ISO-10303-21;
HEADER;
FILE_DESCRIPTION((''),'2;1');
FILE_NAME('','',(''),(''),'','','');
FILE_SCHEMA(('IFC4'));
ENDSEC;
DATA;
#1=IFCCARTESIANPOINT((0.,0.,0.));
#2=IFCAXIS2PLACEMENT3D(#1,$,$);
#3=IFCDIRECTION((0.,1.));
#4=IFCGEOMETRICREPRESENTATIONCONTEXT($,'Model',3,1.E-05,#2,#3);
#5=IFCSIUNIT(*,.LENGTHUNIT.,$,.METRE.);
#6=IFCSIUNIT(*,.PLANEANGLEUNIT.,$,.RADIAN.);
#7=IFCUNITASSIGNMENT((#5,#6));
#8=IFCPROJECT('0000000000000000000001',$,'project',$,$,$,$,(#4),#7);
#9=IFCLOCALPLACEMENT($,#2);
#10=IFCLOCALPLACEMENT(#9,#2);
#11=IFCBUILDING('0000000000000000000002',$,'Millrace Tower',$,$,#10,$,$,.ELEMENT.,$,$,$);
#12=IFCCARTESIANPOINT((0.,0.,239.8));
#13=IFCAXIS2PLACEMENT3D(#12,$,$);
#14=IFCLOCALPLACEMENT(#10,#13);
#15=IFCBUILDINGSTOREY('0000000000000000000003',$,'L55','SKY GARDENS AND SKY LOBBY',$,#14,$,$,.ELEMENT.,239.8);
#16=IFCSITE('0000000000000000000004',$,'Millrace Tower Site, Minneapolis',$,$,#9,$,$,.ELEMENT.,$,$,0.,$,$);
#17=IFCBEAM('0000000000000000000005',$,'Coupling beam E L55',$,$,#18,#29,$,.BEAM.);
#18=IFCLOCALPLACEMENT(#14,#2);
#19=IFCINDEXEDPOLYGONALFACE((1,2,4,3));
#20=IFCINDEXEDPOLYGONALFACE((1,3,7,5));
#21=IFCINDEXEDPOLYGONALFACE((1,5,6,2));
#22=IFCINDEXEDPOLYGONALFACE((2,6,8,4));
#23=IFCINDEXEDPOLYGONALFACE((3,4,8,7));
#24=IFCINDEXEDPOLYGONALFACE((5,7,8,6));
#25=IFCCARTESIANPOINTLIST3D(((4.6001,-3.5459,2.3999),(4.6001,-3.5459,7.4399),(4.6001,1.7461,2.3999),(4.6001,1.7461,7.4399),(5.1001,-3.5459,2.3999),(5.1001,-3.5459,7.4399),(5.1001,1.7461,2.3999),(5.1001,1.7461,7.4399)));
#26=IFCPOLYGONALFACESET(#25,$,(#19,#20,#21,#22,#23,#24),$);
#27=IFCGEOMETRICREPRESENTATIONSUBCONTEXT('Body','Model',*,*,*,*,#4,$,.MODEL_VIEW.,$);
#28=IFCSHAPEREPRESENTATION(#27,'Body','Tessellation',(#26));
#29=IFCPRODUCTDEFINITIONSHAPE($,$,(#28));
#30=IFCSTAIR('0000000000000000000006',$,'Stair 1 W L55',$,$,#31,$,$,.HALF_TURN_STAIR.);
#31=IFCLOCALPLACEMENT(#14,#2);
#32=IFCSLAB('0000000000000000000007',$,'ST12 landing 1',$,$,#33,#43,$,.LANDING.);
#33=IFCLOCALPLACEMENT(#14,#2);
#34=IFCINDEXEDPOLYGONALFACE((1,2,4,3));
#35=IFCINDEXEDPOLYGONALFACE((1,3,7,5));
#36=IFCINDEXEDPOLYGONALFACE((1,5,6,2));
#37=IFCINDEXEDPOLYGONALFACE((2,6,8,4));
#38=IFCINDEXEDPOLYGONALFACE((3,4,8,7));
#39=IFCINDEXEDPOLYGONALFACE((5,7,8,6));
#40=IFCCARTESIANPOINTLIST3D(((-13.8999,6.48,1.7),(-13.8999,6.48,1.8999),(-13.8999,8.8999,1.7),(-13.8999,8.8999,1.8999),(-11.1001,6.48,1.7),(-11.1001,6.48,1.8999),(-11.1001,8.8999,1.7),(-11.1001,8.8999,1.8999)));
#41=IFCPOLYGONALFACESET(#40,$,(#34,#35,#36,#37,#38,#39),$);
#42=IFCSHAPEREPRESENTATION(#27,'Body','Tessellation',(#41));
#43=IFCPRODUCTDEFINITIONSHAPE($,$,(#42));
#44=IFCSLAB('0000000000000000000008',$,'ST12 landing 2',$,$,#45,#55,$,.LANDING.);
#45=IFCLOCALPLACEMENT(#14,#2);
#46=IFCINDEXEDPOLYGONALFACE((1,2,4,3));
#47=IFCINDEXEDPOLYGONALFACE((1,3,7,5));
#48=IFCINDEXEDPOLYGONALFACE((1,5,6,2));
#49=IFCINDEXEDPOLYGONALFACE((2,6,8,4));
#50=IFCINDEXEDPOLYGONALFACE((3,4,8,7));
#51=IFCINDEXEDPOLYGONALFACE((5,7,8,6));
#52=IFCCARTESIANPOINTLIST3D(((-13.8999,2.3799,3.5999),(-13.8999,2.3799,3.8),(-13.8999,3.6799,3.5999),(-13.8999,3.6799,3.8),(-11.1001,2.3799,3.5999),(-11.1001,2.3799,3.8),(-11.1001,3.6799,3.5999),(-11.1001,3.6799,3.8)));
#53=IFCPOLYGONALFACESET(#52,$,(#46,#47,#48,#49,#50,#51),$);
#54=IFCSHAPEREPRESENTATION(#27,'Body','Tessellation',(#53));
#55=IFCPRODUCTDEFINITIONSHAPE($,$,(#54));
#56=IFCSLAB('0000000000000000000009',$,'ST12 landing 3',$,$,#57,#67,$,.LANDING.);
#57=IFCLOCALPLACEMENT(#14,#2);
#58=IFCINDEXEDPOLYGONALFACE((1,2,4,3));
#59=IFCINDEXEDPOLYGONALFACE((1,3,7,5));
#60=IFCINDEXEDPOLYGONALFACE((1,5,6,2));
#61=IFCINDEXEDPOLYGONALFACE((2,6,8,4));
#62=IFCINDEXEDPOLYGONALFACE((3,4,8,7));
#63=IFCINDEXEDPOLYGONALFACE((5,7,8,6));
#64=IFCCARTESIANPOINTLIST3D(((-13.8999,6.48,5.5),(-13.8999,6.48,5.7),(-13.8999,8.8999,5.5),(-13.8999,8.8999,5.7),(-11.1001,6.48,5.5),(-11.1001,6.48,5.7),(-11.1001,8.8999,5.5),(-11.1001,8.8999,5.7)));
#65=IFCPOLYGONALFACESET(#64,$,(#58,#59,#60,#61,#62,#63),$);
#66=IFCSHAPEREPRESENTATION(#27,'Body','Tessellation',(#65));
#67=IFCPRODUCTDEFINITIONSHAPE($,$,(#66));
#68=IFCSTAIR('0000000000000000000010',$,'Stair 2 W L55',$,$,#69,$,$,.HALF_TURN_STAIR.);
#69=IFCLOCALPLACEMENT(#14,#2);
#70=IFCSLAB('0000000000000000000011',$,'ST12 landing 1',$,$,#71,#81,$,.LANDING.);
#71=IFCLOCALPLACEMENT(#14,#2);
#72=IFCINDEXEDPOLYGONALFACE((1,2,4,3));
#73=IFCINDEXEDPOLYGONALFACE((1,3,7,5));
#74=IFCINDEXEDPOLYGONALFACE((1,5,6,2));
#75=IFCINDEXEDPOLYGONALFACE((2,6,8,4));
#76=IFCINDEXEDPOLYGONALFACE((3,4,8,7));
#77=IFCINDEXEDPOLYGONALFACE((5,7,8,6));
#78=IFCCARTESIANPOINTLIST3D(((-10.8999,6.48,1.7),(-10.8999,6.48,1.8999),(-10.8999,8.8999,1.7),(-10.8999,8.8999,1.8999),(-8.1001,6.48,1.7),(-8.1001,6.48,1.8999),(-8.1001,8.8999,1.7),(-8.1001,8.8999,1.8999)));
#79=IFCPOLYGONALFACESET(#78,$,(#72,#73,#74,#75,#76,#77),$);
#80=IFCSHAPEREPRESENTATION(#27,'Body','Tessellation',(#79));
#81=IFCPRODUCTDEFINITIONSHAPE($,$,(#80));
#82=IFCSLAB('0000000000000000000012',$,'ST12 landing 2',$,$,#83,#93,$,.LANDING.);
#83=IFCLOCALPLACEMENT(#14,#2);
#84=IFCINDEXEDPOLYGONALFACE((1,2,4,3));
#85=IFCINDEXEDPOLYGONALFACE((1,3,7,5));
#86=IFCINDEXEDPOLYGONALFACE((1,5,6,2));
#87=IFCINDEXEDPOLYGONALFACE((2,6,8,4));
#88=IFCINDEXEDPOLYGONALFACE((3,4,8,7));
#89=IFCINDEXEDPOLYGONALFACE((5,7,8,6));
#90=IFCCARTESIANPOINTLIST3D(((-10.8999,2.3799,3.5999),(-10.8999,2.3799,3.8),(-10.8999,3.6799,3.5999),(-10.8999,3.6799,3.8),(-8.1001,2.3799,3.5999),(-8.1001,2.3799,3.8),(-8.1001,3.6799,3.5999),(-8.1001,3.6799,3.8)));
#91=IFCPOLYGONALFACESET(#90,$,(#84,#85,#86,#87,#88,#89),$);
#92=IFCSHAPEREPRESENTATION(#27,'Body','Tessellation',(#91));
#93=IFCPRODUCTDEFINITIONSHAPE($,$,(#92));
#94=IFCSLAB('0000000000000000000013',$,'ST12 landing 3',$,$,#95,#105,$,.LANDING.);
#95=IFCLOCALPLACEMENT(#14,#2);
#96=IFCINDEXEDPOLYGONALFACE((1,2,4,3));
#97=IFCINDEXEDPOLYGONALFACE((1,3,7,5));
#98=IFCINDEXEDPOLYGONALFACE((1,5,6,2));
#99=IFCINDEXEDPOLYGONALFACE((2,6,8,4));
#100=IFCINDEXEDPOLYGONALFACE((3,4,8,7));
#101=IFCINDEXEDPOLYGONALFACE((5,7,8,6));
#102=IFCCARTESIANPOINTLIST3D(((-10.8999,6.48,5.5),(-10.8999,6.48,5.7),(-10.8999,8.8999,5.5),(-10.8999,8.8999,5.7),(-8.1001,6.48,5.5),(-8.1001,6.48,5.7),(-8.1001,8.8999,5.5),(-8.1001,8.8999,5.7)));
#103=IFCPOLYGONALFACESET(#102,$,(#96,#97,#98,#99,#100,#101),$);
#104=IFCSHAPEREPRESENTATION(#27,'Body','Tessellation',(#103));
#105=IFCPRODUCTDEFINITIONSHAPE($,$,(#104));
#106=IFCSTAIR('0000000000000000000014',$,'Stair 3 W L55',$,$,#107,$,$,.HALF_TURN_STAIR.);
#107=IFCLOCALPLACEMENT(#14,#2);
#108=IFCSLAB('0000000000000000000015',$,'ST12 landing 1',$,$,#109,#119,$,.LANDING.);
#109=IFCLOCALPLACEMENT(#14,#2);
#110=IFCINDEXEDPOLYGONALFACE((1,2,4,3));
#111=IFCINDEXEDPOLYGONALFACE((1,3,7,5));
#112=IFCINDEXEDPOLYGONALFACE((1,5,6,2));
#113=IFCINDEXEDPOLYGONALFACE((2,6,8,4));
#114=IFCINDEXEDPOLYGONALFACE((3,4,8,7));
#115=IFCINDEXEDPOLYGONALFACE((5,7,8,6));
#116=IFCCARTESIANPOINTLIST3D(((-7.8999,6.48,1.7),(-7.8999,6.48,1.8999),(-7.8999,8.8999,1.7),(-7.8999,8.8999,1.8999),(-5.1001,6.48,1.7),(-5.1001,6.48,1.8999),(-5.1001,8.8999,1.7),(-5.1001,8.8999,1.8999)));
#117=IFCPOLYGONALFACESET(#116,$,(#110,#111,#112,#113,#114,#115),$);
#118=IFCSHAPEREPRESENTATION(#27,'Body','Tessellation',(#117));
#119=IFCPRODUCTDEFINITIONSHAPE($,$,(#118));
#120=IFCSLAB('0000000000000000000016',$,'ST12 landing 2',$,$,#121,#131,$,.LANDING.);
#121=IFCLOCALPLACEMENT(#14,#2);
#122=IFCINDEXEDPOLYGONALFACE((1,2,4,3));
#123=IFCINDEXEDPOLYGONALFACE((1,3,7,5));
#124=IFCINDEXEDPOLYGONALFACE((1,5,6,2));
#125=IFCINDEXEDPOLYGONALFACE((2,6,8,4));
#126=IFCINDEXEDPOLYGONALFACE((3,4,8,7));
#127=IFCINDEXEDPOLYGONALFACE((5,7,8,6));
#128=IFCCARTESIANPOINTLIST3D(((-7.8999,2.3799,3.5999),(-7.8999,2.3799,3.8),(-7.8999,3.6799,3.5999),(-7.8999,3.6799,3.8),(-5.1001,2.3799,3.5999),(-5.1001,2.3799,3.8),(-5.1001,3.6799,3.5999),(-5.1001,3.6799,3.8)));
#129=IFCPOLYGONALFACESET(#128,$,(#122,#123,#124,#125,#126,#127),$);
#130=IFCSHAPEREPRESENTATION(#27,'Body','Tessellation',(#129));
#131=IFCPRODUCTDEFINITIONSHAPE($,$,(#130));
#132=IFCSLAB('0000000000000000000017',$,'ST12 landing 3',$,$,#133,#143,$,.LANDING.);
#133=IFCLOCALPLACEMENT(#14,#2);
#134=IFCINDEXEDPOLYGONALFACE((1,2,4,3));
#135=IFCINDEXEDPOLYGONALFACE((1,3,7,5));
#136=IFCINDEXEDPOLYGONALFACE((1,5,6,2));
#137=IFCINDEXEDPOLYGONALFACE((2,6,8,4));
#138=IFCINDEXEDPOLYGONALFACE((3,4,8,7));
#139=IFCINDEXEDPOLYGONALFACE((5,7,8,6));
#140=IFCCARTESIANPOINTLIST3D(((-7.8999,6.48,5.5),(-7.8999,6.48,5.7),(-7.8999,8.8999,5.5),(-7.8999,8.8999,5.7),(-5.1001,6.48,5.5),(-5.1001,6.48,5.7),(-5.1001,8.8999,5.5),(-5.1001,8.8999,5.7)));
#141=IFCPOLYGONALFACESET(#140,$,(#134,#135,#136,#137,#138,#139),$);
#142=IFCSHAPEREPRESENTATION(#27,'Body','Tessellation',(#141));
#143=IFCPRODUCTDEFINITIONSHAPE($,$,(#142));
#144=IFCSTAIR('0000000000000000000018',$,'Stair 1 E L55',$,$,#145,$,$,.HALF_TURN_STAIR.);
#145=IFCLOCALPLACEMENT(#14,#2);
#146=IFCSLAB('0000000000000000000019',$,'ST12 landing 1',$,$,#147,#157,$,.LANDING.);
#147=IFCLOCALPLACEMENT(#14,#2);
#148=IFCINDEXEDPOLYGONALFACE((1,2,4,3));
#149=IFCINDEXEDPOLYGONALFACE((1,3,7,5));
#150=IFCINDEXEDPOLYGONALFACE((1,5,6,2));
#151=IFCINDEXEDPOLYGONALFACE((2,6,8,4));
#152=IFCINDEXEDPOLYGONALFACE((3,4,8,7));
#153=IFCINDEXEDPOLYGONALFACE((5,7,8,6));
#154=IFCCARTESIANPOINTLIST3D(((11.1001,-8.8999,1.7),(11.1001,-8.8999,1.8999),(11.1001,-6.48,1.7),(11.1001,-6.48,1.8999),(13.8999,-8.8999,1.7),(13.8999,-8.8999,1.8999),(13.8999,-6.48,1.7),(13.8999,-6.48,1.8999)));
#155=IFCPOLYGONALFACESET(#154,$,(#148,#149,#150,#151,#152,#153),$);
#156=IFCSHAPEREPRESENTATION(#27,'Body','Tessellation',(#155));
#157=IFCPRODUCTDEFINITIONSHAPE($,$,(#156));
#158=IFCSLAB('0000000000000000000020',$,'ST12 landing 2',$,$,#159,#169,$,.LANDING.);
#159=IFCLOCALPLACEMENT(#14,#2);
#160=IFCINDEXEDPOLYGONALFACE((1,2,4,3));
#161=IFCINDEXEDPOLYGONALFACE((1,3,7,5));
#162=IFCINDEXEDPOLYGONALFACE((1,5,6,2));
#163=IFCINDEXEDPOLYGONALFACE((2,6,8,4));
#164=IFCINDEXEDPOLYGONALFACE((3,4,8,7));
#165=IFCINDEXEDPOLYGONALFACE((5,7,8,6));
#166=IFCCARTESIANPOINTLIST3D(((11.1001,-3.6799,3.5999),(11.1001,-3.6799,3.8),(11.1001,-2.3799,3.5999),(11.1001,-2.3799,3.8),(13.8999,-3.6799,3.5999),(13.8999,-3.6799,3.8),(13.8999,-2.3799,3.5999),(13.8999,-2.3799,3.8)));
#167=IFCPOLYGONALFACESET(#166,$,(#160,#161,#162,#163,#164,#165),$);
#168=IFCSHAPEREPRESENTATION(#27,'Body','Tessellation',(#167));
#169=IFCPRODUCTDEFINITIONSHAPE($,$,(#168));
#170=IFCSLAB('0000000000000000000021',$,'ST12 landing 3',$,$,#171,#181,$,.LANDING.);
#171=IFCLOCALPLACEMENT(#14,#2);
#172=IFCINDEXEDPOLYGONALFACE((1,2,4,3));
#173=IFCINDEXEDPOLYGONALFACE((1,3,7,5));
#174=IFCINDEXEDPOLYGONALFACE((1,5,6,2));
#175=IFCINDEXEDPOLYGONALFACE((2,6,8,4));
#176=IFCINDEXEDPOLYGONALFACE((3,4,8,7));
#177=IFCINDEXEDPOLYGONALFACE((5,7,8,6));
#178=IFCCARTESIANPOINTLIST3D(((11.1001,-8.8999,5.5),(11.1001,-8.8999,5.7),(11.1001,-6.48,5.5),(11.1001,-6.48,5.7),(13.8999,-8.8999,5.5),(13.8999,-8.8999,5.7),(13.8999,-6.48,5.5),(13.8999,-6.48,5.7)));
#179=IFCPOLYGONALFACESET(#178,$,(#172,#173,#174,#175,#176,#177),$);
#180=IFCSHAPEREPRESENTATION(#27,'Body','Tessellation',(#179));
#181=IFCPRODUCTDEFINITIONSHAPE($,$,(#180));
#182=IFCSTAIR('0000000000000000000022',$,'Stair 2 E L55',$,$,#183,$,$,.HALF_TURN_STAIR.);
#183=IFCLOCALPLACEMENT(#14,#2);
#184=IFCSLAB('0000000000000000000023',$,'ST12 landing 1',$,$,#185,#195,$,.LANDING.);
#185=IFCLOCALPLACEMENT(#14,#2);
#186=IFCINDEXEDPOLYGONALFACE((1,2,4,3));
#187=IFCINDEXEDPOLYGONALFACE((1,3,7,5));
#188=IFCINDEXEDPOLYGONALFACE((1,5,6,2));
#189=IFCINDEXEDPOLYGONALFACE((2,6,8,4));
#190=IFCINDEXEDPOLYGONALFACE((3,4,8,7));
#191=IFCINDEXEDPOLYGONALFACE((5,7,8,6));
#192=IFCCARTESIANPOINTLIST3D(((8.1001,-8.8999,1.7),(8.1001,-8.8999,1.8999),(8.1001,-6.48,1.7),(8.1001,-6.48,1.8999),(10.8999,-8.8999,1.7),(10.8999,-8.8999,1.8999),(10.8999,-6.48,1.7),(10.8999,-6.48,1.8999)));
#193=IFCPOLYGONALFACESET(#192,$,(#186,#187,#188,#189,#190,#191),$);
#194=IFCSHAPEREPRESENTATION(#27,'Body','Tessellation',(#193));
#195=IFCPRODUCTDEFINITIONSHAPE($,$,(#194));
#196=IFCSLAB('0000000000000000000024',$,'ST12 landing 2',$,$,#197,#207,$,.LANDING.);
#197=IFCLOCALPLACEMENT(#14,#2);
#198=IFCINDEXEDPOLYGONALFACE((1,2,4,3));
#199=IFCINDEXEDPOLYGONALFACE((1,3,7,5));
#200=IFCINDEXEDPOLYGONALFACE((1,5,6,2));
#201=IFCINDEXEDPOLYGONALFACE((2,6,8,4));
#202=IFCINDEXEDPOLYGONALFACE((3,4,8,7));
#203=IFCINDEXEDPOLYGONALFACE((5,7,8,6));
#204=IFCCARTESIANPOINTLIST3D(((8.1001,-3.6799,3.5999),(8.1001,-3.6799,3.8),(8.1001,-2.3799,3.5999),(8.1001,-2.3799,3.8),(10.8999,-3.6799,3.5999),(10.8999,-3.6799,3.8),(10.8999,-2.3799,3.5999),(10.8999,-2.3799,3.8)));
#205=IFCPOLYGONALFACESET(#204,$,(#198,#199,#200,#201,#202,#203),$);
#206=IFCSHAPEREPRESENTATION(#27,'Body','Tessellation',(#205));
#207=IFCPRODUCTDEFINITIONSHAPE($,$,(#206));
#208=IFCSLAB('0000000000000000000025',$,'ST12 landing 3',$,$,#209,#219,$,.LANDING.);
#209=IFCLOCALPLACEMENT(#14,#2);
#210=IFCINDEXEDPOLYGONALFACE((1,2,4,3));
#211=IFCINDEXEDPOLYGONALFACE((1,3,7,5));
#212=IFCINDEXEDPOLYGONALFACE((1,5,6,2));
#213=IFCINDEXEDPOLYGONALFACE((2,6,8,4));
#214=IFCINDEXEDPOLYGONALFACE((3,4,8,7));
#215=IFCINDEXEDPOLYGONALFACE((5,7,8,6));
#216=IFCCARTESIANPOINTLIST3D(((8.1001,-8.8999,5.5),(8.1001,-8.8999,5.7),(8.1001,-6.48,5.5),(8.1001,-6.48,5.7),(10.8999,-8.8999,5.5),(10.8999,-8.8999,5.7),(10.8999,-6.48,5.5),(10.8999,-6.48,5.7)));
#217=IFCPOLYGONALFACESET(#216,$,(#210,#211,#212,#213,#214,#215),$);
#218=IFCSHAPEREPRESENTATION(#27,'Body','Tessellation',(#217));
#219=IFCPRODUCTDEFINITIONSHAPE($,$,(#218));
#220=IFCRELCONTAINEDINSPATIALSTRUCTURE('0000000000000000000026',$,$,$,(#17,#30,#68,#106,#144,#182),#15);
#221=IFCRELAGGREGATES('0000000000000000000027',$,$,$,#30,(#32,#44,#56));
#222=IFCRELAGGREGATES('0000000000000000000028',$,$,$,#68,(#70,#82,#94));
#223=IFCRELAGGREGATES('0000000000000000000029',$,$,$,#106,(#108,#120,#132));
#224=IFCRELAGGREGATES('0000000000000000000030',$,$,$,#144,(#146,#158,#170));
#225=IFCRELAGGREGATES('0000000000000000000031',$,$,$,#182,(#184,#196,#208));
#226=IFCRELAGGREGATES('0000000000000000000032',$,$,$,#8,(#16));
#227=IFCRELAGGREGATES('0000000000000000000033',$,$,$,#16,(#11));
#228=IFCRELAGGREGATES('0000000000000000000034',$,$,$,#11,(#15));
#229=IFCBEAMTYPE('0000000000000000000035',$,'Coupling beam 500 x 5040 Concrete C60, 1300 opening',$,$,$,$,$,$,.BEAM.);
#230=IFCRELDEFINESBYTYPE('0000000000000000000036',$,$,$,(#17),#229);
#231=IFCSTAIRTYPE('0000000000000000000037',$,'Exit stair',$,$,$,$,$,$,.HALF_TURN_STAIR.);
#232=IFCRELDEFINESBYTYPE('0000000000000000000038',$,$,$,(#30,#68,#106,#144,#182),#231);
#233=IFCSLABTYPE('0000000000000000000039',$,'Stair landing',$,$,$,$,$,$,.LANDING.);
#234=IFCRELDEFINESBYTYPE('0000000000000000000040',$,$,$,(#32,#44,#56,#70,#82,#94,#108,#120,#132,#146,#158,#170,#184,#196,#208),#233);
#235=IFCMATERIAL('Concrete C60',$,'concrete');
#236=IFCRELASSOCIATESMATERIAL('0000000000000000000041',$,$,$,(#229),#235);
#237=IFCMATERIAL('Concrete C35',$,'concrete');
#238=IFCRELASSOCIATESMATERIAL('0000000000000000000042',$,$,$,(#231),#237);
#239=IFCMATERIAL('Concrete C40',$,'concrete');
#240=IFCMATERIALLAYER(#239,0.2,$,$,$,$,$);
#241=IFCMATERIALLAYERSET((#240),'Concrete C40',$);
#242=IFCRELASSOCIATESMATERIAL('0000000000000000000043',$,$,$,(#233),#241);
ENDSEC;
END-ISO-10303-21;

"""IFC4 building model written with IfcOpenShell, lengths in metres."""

from ifc_helpers import new_model, si_unit, direction, frame, origin, origin_2d, place, context, subcontext, project, spatial, polyline, rectangle, outline, extrude, material, layer, layer_set, material_profile, profile_set, type_object, element, aggregate, save


model = new_model("IFC4")

# Units and contexts
model_context = context("Model", 3, precision=1e-05, world=origin(), true_north=direction((0.0, 1.0)))
body_context = subcontext(model_context, "Body", "Model", "MODEL_VIEW")
ifc_project = project(units=[si_unit("LENGTHUNIT", "METRE"), si_unit("PLANEANGLEUNIT", "RADIAN")], contexts=[model_context])

# Site, building, storey
site_placement = place(None, origin())
site = spatial("IfcSite", under=ifc_project, at=site_placement, Name="Millrace Tower Site, Minneapolis", CompositionType="ELEMENT", RefElevation=0.0)
building_placement = place(site_placement, origin())
building = spatial("IfcBuilding", under=site, at=building_placement, Name="Millrace Tower", CompositionType="ELEMENT")
storey_placement = place(building_placement, frame((0.0, 0.0, 239.8)))
storey = spatial("IfcBuildingStorey", under=building, at=storey_placement, Name="L55", Description="SKY GARDENS AND SKY LOBBY", CompositionType="ELEMENT", Elevation=239.8)

# Beam
ifc_material_1 = material(Name="Concrete C60", Category="concrete")
ifc_material_profile = material_profile(ifc_material_1, rectangle(XDim=0.5, YDim=5.04, at=origin_2d()))
ifc_profile_set = profile_set([ifc_material_profile], Name="Concrete C60")
beam_type = type_object("IfcBeamType", Name="Coupling beam 500 x 5040 Concrete C60, 1300 opening", PredefinedType="BEAM", material=ifc_profile_set)
beam_placement = place(storey_placement, frame((4.8501, 1.7461, 4.9199), z_axis=(0.0, -1.0, 0.0), x_axis=(1.0, 0.0, 0.0)))
element("IfcBeam", 1, at=beam_placement, inside=storey, type_object=beam_type, Name="Coupling beam E L55", PredefinedType="BEAM", context=body_context, shape_type="SweptSolid", body=[
    extrude(rectangle(XDim=0.5, YDim=5.04, at=origin_2d()), origin(), (0.0, 0.0, 1.0), 5.292),
])

# Stairs, slabs
ifc_material_2 = material(Name="Concrete C35", Category="concrete")
stair_type = type_object("IfcStairType", Name="Exit stair", PredefinedType="HALF_TURN_STAIR", material=ifc_material_2)
placement_1 = place(storey_placement, origin())
stair_1 = element("IfcStair", 2, at=placement_1, inside=storey, type_object=stair_type, Name="Stair 1 W L55", PredefinedType="HALF_TURN_STAIR")
ifc_material_3 = material(Name="Concrete C40", Category="concrete")
ifc_layer_1 = layer(ifc_material_3, 0.2)
ifc_layer_set_1 = layer_set([ifc_layer_1], Name="Concrete C40")
slab_type = type_object("IfcSlabType", Name="Stair landing", PredefinedType="LANDING", material=ifc_layer_set_1)
placement_2 = place(storey_placement, frame((0.0, 0.0, 1.7)))
slab_1 = element("IfcSlab", 3, at=placement_2, type_object=slab_type, Name="ST12 landing 1", PredefinedType="LANDING", context=body_context, shape_type="SweptSolid", body=[
    extrude(outline(polyline([(-13.8999, 6.48), (-11.1001, 6.48), (-11.1001, 8.8999), (-13.8999, 8.8999), (-13.8999, 6.48)])), origin(), (0.0, 0.0, 1.0), 0.2),
])
placement_3 = place(storey_placement, frame((0.0, 0.0, 3.5999)))
slab_2 = element("IfcSlab", 4, at=placement_3, type_object=slab_type, Name="ST12 landing 2", PredefinedType="LANDING", context=body_context, shape_type="SweptSolid", body=[
    extrude(outline(polyline([(-13.8999, 2.3799), (-11.1001, 2.3799), (-11.1001, 3.6799), (-13.8999, 3.6799), (-13.8999, 2.3799)])), origin(), (0.0, 0.0, 1.0), 0.2002),
])
placement_4 = place(storey_placement, frame((0.0, 0.0, 5.5)))
slab_3 = element("IfcSlab", 5, at=placement_4, type_object=slab_type, Name="ST12 landing 3", PredefinedType="LANDING", context=body_context, shape_type="SweptSolid", body=[
    extrude(outline(polyline([(-13.8999, 6.48), (-11.1001, 6.48), (-11.1001, 8.8999), (-13.8999, 8.8999), (-13.8999, 6.48)])), origin(), (0.0, 0.0, 1.0), 0.2),
])
aggregate(stair_1, [slab_1, slab_2, slab_3])
stair_2 = element("IfcStair", 6, at=placement_1, inside=storey, type_object=stair_type, Name="Stair 2 W L55", PredefinedType="HALF_TURN_STAIR")
slab_4 = element("IfcSlab", 7, at=placement_2, type_object=slab_type, Name="ST12 landing 1", PredefinedType="LANDING", context=body_context, shape_type="SweptSolid", body=[
    extrude(outline(polyline([(-10.8999, 6.48), (-8.1001, 6.48), (-8.1001, 8.8999), (-10.8999, 8.8999), (-10.8999, 6.48)])), origin(), (0.0, 0.0, 1.0), 0.2),
])
slab_5 = element("IfcSlab", 8, at=placement_3, type_object=slab_type, Name="ST12 landing 2", PredefinedType="LANDING", context=body_context, shape_type="SweptSolid", body=[
    extrude(outline(polyline([(-10.8999, 2.3799), (-8.1001, 2.3799), (-8.1001, 3.6799), (-10.8999, 3.6799), (-10.8999, 2.3799)])), origin(), (0.0, 0.0, 1.0), 0.2002),
])
slab_6 = element("IfcSlab", 9, at=placement_4, type_object=slab_type, Name="ST12 landing 3", PredefinedType="LANDING", context=body_context, shape_type="SweptSolid", body=[
    extrude(outline(polyline([(-10.8999, 6.48), (-8.1001, 6.48), (-8.1001, 8.8999), (-10.8999, 8.8999), (-10.8999, 6.48)])), origin(), (0.0, 0.0, 1.0), 0.2),
])
aggregate(stair_2, [slab_4, slab_5, slab_6])
stair_3 = element("IfcStair", 10, at=placement_1, inside=storey, type_object=stair_type, Name="Stair 3 W L55", PredefinedType="HALF_TURN_STAIR")
slab_7 = element("IfcSlab", 11, at=placement_2, type_object=slab_type, Name="ST12 landing 1", PredefinedType="LANDING", context=body_context, shape_type="SweptSolid", body=[
    extrude(outline(polyline([(-7.8999, 6.48), (-5.1001, 6.48), (-5.1001, 8.8999), (-7.8999, 8.8999), (-7.8999, 6.48)])), origin(), (0.0, 0.0, 1.0), 0.2),
])
slab_8 = element("IfcSlab", 12, at=placement_3, type_object=slab_type, Name="ST12 landing 2", PredefinedType="LANDING", context=body_context, shape_type="SweptSolid", body=[
    extrude(outline(polyline([(-7.8999, 2.3799), (-5.1001, 2.3799), (-5.1001, 3.6799), (-7.8999, 3.6799), (-7.8999, 2.3799)])), origin(), (0.0, 0.0, 1.0), 0.2002),
])
slab_9 = element("IfcSlab", 13, at=placement_4, type_object=slab_type, Name="ST12 landing 3", PredefinedType="LANDING", context=body_context, shape_type="SweptSolid", body=[
    extrude(outline(polyline([(-7.8999, 6.48), (-5.1001, 6.48), (-5.1001, 8.8999), (-7.8999, 8.8999), (-7.8999, 6.48)])), origin(), (0.0, 0.0, 1.0), 0.2),
])
aggregate(stair_3, [slab_7, slab_8, slab_9])
stair_4 = element("IfcStair", 14, at=placement_1, inside=storey, type_object=stair_type, Name="Stair 1 E L55", PredefinedType="HALF_TURN_STAIR")
slab_10 = element("IfcSlab", 15, at=placement_2, type_object=slab_type, Name="ST12 landing 1", PredefinedType="LANDING", context=body_context, shape_type="SweptSolid", body=[
    extrude(outline(polyline([(11.1001, -8.8999), (13.8999, -8.8999), (13.8999, -6.48), (11.1001, -6.48), (11.1001, -8.8999)])), origin(), (0.0, 0.0, 1.0), 0.2),
])
slab_11 = element("IfcSlab", 16, at=placement_3, type_object=slab_type, Name="ST12 landing 2", PredefinedType="LANDING", context=body_context, shape_type="SweptSolid", body=[
    extrude(outline(polyline([(11.1001, -3.6799), (13.8999, -3.6799), (13.8999, -2.3799), (11.1001, -2.3799), (11.1001, -3.6799)])), origin(), (0.0, 0.0, 1.0), 0.2002),
])
slab_12 = element("IfcSlab", 17, at=placement_4, type_object=slab_type, Name="ST12 landing 3", PredefinedType="LANDING", context=body_context, shape_type="SweptSolid", body=[
    extrude(outline(polyline([(11.1001, -8.8999), (13.8999, -8.8999), (13.8999, -6.48), (11.1001, -6.48), (11.1001, -8.8999)])), origin(), (0.0, 0.0, 1.0), 0.2),
])
aggregate(stair_4, [slab_10, slab_11, slab_12])
stair_5 = element("IfcStair", 18, at=placement_1, inside=storey, type_object=stair_type, Name="Stair 2 E L55", PredefinedType="HALF_TURN_STAIR")
slab_13 = element("IfcSlab", 19, at=placement_2, type_object=slab_type, Name="ST12 landing 1", PredefinedType="LANDING", context=body_context, shape_type="SweptSolid", body=[
    extrude(outline(polyline([(8.1001, -8.8999), (10.8999, -8.8999), (10.8999, -6.48), (8.1001, -6.48), (8.1001, -8.8999)])), origin(), (0.0, 0.0, 1.0), 0.2),
])
slab_14 = element("IfcSlab", 20, at=placement_3, type_object=slab_type, Name="ST12 landing 2", PredefinedType="LANDING", context=body_context, shape_type="SweptSolid", body=[
    extrude(outline(polyline([(8.1001, -3.6799), (10.8999, -3.6799), (10.8999, -2.3799), (8.1001, -2.3799), (8.1001, -3.6799)])), origin(), (0.0, 0.0, 1.0), 0.2002),
])
slab_15 = element("IfcSlab", 21, at=placement_4, type_object=slab_type, Name="ST12 landing 3", PredefinedType="LANDING", context=body_context, shape_type="SweptSolid", body=[
    extrude(outline(polyline([(8.1001, -8.8999), (10.8999, -8.8999), (10.8999, -6.48), (8.1001, -6.48), (8.1001, -8.8999)])), origin(), (0.0, 0.0, 1.0), 0.2),
])
aggregate(stair_5, [slab_13, slab_14, slab_15])

save(model, "model.ifc")
